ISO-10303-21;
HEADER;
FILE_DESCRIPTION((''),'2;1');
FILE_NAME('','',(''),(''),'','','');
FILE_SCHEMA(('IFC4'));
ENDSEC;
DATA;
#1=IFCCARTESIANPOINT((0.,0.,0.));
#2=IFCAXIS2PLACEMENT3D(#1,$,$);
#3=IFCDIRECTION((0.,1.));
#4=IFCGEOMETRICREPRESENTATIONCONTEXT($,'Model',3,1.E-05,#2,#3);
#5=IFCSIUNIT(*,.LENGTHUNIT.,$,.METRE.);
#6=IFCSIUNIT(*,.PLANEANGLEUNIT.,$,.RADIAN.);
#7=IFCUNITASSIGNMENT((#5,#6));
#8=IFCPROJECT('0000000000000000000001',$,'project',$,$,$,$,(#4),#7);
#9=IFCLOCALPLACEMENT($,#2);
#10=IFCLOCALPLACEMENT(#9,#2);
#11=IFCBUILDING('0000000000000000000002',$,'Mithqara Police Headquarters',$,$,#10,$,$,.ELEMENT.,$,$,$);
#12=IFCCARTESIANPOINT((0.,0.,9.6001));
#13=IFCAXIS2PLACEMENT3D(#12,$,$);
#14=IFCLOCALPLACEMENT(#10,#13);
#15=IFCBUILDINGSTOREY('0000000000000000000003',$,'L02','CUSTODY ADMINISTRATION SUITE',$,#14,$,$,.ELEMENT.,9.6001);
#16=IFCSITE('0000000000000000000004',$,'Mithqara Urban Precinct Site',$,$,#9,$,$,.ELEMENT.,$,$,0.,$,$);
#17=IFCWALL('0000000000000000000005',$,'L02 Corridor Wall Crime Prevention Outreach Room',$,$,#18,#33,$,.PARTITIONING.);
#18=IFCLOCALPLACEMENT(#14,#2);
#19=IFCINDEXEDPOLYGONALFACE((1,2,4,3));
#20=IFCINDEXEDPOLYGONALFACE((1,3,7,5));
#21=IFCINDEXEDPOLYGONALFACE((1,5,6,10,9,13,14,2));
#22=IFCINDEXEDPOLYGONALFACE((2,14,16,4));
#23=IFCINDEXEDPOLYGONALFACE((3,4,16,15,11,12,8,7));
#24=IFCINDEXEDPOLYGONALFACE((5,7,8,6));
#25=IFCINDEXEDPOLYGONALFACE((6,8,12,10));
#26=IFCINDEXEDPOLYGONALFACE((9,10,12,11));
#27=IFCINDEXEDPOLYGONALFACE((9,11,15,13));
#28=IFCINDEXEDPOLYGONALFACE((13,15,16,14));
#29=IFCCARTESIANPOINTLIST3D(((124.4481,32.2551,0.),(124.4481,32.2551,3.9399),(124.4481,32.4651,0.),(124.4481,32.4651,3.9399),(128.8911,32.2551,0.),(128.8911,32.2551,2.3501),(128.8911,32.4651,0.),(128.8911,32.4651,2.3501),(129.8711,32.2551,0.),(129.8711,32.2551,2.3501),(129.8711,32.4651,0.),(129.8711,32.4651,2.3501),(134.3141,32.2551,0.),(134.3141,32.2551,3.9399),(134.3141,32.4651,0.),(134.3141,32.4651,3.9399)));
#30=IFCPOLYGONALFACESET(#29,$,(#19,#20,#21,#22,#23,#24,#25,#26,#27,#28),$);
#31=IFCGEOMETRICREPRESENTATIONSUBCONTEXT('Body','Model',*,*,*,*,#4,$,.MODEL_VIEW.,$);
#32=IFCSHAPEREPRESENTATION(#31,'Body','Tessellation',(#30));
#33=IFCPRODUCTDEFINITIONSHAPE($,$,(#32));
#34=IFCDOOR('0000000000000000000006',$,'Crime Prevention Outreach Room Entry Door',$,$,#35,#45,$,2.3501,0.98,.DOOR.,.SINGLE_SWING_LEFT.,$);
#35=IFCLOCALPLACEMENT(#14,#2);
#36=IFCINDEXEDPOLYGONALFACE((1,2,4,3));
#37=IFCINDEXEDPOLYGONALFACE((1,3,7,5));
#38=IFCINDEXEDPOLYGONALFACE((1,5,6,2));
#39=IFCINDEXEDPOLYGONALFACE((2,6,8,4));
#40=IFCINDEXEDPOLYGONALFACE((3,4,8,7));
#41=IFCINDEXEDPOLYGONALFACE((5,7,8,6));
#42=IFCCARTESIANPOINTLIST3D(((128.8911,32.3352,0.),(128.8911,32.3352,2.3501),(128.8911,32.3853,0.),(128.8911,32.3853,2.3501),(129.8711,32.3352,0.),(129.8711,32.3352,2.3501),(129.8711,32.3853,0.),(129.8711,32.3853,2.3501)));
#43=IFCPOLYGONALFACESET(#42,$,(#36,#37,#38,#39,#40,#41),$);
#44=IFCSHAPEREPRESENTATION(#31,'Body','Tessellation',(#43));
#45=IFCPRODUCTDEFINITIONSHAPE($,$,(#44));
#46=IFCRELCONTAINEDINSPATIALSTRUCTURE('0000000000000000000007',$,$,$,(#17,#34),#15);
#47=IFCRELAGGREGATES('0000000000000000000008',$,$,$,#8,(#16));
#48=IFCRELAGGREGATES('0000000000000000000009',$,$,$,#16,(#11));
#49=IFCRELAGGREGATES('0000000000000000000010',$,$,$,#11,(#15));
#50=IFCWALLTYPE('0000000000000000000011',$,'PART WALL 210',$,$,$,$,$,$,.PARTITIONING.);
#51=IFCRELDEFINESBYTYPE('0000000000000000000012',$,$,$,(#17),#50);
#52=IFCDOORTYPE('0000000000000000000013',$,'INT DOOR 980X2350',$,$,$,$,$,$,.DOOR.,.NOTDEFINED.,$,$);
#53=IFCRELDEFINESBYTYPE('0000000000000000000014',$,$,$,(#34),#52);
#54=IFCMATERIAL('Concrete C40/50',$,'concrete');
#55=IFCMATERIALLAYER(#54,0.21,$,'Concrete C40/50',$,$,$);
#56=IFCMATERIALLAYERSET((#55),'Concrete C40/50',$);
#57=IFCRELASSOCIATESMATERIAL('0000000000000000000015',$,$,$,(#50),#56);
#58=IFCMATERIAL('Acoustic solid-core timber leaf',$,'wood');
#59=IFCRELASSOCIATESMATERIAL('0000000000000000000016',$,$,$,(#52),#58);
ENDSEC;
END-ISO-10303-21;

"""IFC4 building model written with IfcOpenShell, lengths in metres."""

from ifc_helpers import new_model, si_unit, direction, frame, frame_2d, origin, place, context, subcontext, project, spatial, rectangle, extrude, material, layer, layer_set, type_object, element, fill, save


model = new_model("IFC4")

# Units and contexts
model_context = context("Model", 3, precision=1e-05, world=origin(), true_north=direction((0.0, 1.0)))
body_context = subcontext(model_context, "Body", "Model", "MODEL_VIEW")
ifc_project = project(units=[si_unit("LENGTHUNIT", "METRE"), si_unit("PLANEANGLEUNIT", "RADIAN")], contexts=[model_context])

# Site, building, storey
site_placement = place(None, origin())
site = spatial("IfcSite", under=ifc_project, at=site_placement, Name="Mithqara Urban Precinct Site", CompositionType="ELEMENT", RefElevation=0.0)
building_placement = place(site_placement, origin())
building = spatial("IfcBuilding", under=site, at=building_placement, Name="Mithqara Police Headquarters", CompositionType="ELEMENT")
storey_placement = place(building_placement, frame((0.0, 0.0, 9.6001)))
storey = spatial("IfcBuildingStorey", under=building, at=storey_placement, Name="L02", Description="CUSTODY ADMINISTRATION SUITE", CompositionType="ELEMENT", Elevation=9.6001)

# Shared definitions
ifc_material_1 = material(Name="Concrete C40/50", Category="concrete")

# Shared definitions
ifc_layer_1 = layer(ifc_material_1, 0.21, Name="Concrete C40/50")
ifc_layer_set_1 = layer_set([ifc_layer_1], Name="Concrete C40/50")
wall_type = type_object("IfcWallType", Name="PART WALL 210", PredefinedType="PARTITIONING", material=ifc_layer_set_1)

# Wall, opening, door
wall_1_placement = place(storey_placement, frame((124.448, 32.3601, 0.0), z_axis=(0.0, 0.0, 1.0), x_axis=(1.0, 0.0, 0.0)))
wall_1 = element("IfcWall", 1, at=wall_1_placement, inside=storey, type_object=wall_type, Name="L02 Corridor Wall Crime Prevention Outreach Room", PredefinedType="PARTITIONING", context=body_context, shape_type="SweptSolid", body=[
    extrude(rectangle(XDim=9.866, YDim=0.21, at=frame_2d((4.9331, 0.0))), origin(), (0.0, 0.0, 1.0), 3.9399),
])
opening_placement = place(wall_1_placement, frame((4.4431, 0.0, 0.0)))
opening = element("IfcOpeningElement", 2, at=opening_placement, cuts=wall_1, PredefinedType="OPENING", context=body_context, shape_type="SweptSolid", body=[
    extrude(rectangle(XDim=0.98, YDim=2.3501, at=frame_2d((0.49, 1.175))), frame((0.0, 0.115, 0.0), z_axis=(0.0, -1.0, 0.0), x_axis=(1.0, 0.0, 0.0)), (0.0, 0.0, 1.0), 0.23),
])
ifc_material_2 = material(Name="Acoustic solid-core timber leaf", Category="wood")
door_type = type_object("IfcDoorType", Name="INT DOOR 980X2350", OperationType="NOTDEFINED", PredefinedType="DOOR", material=ifc_material_2)
door_placement = place(opening_placement, frame((0.98, 0.0, 0.0), z_axis=(0.0, 0.0, 1.0), x_axis=(-1.0, 0.0, 0.0)))
door = element("IfcDoor", 3, at=door_placement, inside=storey, type_object=door_type, Name="Crime Prevention Outreach Room Entry Door", OperationType="SINGLE_SWING_LEFT", OverallHeight=2.3501, OverallWidth=0.98, PredefinedType="DOOR", context=body_context, shape_type="SweptSolid", body=[
    extrude(rectangle(XDim=0.98, YDim=2.3501, at=frame_2d((0.49, 1.175))), frame((0.0, 0.0249, 0.0), z_axis=(0.0, -1.0, 0.0), x_axis=(1.0, 0.0, 0.0)), (0.0, 0.0, 1.0), 0.05),
])
fill(opening, door)

save(model, "model.ifc")
